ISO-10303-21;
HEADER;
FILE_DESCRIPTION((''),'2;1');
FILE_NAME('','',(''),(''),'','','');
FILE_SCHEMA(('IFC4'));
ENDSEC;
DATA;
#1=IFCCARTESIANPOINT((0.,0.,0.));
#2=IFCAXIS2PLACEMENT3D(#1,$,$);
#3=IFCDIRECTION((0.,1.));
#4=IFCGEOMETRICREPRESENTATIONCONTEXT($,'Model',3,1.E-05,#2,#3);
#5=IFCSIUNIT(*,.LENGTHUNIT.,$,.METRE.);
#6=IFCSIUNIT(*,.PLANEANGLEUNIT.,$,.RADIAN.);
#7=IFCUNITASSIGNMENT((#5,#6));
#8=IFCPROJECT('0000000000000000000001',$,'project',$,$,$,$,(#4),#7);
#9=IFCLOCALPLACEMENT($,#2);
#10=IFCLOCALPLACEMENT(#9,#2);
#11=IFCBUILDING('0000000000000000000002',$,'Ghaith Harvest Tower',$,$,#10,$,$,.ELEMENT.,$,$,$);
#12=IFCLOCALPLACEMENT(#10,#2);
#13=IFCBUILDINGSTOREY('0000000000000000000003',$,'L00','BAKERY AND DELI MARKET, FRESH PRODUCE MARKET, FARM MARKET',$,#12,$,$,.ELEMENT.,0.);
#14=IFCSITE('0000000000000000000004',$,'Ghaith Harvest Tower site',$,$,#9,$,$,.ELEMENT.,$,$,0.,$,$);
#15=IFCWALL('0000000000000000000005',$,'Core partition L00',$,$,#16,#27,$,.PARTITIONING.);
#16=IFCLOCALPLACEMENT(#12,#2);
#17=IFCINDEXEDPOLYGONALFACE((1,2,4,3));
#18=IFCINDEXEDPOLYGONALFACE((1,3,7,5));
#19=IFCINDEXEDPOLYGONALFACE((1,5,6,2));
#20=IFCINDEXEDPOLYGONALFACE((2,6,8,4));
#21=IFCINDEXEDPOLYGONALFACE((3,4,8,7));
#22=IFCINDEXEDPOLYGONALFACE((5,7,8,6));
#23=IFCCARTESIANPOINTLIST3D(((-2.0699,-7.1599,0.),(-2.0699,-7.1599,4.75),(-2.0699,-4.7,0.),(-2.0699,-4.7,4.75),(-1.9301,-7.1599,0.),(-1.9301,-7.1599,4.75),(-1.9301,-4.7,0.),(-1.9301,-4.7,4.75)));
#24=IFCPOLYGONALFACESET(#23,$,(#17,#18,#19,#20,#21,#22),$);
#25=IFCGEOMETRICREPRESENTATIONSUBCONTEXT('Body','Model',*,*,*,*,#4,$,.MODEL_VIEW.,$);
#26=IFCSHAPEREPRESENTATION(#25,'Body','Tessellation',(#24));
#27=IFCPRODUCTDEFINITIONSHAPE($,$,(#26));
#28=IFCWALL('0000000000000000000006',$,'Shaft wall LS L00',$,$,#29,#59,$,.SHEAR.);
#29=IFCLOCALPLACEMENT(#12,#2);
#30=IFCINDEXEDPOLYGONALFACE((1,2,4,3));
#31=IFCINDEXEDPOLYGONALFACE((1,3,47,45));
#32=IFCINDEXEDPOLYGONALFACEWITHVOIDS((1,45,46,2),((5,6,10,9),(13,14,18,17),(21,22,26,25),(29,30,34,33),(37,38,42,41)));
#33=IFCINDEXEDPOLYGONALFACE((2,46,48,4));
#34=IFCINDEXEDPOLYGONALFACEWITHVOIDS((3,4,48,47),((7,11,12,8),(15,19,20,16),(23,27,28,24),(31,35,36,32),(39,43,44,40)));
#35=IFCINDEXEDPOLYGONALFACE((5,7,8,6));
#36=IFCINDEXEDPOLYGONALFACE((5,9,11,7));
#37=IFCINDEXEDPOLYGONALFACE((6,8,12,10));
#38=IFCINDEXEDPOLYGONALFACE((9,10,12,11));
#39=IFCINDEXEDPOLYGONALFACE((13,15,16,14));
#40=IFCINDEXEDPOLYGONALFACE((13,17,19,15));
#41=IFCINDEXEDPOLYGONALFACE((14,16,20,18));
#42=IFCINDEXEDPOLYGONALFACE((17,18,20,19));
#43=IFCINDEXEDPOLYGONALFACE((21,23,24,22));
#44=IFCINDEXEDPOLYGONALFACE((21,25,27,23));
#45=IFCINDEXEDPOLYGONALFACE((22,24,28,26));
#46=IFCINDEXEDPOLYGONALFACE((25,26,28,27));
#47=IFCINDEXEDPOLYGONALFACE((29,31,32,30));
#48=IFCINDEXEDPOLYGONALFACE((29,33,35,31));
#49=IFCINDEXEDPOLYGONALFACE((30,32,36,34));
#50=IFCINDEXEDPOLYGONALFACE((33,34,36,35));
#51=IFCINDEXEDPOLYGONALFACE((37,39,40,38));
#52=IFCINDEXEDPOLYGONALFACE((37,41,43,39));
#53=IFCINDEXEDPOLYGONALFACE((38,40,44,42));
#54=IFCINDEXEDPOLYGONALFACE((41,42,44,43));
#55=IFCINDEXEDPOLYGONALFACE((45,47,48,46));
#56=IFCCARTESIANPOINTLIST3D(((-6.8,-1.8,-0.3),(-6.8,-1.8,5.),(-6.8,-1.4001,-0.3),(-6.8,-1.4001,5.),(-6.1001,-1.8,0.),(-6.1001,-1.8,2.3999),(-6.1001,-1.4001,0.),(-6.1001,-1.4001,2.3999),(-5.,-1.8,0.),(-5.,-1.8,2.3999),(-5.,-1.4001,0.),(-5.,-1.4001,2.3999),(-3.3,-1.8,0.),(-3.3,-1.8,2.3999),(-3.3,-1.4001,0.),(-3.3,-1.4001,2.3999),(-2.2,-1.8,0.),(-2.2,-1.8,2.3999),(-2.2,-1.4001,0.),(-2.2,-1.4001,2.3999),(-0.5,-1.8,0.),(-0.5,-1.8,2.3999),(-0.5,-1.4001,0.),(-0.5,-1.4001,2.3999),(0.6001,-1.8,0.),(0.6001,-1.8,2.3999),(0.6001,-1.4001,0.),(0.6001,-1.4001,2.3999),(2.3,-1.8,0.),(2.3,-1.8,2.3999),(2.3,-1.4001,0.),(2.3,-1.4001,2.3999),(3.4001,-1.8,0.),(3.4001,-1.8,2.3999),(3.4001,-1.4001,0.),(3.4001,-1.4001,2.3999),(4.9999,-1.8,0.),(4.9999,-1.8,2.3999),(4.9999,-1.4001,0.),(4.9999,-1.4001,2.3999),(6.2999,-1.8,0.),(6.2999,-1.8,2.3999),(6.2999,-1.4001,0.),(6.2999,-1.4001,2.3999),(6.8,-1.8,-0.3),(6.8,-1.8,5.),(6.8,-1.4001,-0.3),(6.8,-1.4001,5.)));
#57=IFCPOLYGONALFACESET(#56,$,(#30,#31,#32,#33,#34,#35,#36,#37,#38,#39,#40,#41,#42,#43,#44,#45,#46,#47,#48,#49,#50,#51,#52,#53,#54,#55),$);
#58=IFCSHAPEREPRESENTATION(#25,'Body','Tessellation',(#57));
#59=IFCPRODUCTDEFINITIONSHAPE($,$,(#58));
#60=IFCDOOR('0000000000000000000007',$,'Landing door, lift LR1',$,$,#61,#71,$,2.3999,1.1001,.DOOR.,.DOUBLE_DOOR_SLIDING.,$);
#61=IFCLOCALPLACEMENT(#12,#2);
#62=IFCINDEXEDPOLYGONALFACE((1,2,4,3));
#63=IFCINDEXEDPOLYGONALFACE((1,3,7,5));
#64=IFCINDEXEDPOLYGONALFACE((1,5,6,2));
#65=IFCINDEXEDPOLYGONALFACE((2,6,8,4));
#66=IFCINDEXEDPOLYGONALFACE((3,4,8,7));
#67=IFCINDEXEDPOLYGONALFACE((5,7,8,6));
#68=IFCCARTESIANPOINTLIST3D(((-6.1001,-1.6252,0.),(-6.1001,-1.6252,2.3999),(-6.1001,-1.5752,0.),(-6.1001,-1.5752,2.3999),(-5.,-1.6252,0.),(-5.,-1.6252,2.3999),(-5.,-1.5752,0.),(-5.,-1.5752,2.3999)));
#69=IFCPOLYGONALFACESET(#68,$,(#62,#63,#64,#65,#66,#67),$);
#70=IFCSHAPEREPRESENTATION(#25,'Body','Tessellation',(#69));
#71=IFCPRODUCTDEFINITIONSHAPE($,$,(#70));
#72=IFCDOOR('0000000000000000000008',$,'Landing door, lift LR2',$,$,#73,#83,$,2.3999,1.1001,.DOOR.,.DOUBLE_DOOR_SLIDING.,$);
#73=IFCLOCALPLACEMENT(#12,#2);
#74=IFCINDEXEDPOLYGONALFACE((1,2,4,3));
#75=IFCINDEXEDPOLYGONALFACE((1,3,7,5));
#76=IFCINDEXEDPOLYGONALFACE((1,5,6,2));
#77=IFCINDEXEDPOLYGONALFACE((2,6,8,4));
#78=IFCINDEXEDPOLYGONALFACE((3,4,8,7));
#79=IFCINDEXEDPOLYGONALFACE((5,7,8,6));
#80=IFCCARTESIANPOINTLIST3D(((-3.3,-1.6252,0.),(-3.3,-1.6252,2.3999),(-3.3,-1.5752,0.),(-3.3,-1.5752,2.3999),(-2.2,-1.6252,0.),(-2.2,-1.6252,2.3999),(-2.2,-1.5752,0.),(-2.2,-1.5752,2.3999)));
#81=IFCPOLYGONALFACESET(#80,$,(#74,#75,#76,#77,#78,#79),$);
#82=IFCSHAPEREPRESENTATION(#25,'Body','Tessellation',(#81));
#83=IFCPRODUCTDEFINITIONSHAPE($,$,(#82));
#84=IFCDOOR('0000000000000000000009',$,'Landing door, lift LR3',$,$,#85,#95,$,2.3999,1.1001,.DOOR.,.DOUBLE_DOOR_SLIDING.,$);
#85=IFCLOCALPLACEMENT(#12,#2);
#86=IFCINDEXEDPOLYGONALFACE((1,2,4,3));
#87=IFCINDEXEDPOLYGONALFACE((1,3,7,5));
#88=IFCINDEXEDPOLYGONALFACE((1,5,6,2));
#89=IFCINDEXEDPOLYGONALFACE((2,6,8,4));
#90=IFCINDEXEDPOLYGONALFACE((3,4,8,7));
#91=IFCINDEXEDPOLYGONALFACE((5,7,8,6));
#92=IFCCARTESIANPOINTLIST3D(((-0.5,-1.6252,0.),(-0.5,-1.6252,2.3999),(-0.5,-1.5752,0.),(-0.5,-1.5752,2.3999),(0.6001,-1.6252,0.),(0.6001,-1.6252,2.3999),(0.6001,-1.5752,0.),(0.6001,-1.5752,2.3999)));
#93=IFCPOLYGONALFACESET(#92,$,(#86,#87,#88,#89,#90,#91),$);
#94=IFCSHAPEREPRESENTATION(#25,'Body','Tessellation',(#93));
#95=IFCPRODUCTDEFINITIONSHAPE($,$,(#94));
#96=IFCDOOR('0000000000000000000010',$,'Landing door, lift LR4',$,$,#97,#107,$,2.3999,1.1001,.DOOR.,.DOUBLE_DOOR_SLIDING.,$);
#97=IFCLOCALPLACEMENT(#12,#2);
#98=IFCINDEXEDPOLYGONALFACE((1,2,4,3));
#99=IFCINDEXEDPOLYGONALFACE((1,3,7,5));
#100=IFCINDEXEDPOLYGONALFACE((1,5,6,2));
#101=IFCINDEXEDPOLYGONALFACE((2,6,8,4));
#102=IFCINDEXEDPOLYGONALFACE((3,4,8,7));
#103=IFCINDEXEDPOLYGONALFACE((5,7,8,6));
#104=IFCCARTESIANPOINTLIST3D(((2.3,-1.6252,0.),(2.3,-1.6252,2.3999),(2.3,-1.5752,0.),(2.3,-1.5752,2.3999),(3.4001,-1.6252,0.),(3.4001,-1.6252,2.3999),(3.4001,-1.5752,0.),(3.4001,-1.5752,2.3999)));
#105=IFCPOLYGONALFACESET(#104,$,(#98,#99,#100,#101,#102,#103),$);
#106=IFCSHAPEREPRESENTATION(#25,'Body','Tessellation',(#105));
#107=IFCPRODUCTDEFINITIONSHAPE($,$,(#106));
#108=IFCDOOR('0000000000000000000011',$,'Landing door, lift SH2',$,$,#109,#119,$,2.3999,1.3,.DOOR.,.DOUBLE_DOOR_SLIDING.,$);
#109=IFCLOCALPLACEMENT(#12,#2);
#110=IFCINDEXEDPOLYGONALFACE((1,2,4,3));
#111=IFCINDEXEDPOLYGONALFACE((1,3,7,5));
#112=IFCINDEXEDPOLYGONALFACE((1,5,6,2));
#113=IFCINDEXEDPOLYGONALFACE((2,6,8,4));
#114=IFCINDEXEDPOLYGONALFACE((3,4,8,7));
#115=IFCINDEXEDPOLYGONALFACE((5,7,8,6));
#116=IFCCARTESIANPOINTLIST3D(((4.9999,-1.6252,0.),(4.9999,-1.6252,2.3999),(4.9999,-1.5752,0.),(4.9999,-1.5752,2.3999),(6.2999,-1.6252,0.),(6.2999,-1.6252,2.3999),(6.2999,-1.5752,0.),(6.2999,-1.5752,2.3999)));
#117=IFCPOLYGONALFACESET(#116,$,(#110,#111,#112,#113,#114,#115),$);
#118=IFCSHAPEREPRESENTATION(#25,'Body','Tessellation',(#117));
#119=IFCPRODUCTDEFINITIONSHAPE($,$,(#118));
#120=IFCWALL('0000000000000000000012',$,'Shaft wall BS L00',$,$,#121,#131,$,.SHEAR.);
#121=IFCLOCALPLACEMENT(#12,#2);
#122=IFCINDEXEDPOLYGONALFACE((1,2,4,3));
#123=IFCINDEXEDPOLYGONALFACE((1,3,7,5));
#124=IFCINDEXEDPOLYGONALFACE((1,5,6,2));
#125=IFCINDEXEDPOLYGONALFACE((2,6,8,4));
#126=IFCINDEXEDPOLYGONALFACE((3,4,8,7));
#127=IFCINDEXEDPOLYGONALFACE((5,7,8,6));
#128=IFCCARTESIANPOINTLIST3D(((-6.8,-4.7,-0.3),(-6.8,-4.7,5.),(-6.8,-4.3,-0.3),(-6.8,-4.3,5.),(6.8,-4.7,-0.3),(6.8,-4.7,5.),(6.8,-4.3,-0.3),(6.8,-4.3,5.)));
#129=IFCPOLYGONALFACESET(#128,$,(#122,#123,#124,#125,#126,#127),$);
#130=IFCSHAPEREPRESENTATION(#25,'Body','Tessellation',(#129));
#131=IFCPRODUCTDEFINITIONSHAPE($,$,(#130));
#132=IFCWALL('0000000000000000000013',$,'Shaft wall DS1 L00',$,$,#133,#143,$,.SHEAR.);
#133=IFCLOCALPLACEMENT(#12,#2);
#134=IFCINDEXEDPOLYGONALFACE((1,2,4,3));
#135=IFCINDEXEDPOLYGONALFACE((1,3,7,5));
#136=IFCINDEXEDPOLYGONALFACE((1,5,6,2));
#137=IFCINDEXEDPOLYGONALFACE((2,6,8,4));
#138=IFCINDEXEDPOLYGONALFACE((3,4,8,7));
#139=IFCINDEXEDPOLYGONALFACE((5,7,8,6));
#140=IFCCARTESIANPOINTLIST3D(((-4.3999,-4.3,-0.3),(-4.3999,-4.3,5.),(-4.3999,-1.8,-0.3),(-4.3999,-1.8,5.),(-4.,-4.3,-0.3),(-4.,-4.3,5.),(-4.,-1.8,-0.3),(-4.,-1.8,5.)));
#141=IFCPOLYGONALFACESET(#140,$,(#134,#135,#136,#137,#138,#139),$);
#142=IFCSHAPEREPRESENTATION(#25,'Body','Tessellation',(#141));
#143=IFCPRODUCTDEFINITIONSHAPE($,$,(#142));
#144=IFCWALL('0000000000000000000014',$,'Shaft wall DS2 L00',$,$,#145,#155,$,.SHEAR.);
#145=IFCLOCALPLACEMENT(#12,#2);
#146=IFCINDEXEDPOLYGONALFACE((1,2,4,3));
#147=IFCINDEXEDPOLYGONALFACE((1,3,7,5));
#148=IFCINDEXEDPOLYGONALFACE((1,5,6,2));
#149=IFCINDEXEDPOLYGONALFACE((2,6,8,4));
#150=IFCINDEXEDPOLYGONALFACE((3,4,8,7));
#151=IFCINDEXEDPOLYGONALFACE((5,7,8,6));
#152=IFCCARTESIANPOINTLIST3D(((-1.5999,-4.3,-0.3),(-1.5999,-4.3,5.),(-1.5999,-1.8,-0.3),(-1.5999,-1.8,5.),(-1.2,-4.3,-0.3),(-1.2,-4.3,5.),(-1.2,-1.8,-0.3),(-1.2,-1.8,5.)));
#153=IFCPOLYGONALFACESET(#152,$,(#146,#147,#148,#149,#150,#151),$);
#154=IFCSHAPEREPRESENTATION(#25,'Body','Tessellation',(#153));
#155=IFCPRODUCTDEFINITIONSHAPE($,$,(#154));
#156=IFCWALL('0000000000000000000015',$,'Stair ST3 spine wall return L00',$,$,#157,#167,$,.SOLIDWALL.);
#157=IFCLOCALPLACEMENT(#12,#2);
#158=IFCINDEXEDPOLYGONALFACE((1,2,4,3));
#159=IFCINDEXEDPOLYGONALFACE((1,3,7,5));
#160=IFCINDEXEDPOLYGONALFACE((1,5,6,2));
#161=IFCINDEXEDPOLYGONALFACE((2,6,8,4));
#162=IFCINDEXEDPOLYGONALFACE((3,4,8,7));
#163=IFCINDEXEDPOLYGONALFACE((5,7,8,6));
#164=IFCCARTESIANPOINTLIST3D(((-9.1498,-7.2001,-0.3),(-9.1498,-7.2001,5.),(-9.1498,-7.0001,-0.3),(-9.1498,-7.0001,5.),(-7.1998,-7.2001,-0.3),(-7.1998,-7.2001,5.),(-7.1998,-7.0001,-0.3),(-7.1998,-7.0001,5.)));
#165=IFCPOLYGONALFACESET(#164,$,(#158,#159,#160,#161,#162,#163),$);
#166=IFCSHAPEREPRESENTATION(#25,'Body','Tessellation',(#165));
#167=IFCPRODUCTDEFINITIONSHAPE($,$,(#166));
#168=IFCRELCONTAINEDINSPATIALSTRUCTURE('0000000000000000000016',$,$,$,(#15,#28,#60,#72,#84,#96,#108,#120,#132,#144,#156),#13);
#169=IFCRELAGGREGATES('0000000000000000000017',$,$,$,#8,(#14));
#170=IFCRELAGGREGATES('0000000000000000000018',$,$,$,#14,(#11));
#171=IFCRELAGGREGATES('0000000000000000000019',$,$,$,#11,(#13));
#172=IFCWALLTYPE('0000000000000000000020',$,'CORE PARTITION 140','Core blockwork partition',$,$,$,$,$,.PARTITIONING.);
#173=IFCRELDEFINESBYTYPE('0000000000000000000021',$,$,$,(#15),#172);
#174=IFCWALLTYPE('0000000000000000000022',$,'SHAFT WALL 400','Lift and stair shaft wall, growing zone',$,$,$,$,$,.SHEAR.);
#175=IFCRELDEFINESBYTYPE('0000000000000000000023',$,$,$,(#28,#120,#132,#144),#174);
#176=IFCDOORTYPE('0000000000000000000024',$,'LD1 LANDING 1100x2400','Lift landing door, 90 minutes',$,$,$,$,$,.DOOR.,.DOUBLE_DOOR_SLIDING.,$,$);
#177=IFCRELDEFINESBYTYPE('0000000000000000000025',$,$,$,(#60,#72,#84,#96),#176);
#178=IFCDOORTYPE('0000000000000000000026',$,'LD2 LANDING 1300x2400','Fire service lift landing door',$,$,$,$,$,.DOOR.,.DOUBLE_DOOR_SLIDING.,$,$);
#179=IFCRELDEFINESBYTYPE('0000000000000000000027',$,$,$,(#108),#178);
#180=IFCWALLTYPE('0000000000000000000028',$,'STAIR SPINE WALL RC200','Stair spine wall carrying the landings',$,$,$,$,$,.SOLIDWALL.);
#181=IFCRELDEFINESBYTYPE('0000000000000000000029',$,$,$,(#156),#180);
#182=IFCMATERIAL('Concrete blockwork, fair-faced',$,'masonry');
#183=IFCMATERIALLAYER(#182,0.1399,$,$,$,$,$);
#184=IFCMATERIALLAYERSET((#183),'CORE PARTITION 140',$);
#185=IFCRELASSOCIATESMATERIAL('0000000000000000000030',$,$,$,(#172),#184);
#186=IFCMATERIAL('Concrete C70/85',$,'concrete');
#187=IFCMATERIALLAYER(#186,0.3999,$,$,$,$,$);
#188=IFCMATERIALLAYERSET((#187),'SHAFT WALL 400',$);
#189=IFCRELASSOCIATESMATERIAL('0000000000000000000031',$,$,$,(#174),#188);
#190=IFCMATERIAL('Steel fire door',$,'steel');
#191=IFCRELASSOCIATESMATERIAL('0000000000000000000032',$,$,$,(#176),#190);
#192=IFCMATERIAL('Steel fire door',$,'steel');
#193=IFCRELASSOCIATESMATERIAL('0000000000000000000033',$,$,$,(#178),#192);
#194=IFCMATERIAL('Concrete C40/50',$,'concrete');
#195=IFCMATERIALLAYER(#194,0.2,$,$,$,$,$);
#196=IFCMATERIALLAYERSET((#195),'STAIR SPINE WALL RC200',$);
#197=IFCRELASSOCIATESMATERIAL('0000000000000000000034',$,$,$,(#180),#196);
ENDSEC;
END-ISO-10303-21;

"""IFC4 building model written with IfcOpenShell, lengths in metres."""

from ifc_helpers import new_model, si_unit, direction, frame, frame_2d, origin, place, context, subcontext, project, spatial, rectangle, extrude, material, layer, layer_set, type_object, element, fill, save


model = new_model("IFC4")

# Units and contexts
model_context = context("Model", 3, precision=1e-05, world=origin(), true_north=direction((0.0, 1.0)))
body_context = subcontext(model_context, "Body", "Model", "MODEL_VIEW")
ifc_project = project(units=[si_unit("LENGTHUNIT", "METRE"), si_unit("PLANEANGLEUNIT", "RADIAN")], contexts=[model_context])

# Site, building, storey
site_placement = place(None, origin())
site = spatial("IfcSite", under=ifc_project, at=site_placement, Name="Ghaith Harvest Tower site", CompositionType="ELEMENT", RefElevation=0.0)
building_placement = place(site_placement, origin())
building = spatial("IfcBuilding", under=site, at=building_placement, Name="Ghaith Harvest Tower", CompositionType="ELEMENT")
storey_placement = place(building_placement, origin())
storey = spatial("IfcBuildingStorey", under=building, at=storey_placement, Name="L00", Description="BAKERY AND DELI MARKET, FRESH PRODUCE MARKET, FARM MARKET", CompositionType="ELEMENT", Elevation=0.0)

# Wall
ifc_material_1 = material(Name="Concrete blockwork, fair-faced", Category="masonry")
ifc_layer_1 = layer(ifc_material_1, 0.1399)
ifc_layer_set_1 = layer_set([ifc_layer_1], Name="CORE PARTITION 140")
wall_type_1 = type_object("IfcWallType", Name="CORE PARTITION 140", Description="Core blockwork partition", PredefinedType="PARTITIONING", material=ifc_layer_set_1)
wall_1_placement = place(storey_placement, frame((-2.0, -4.7, 0.0), z_axis=(0.0, 0.0, 1.0), x_axis=(0.0, -1.0, 0.0)))
element("IfcWall", 1, at=wall_1_placement, inside=storey, type_object=wall_type_1, Name="Core partition L00", PredefinedType="PARTITIONING", context=body_context, shape_type="SweptSolid", body=[
    extrude(rectangle(XDim=2.46, YDim=0.1399, at=frame_2d((1.23, 0.0))), origin(), (0.0, 0.0, 1.0), 4.75),
])

# Wall, openings, doors
ifc_material_2 = material(Name="Concrete C70/85", Category="concrete")
ifc_layer_2 = layer(ifc_material_2, 0.3999)
ifc_layer_set_2 = layer_set([ifc_layer_2], Name="SHAFT WALL 400")
wall_type_2 = type_object("IfcWallType", Name="SHAFT WALL 400", Description="Lift and stair shaft wall, growing zone", PredefinedType="SHEAR", material=ifc_layer_set_2)
wall_2_placement = place(storey_placement, frame((-6.8, -1.6001, -0.3), z_axis=(0.0, 0.0, 1.0), x_axis=(1.0, 0.0, 0.0)))
wall_2 = element("IfcWall", 2, at=wall_2_placement, inside=storey, type_object=wall_type_2, Name="Shaft wall LS L00", PredefinedType="SHEAR", context=body_context, shape_type="SweptSolid", body=[
    extrude(rectangle(XDim=13.6001, YDim=0.3999, at=frame_2d((6.8, 0.0))), origin(), (0.0, 0.0, 1.0), 5.3),
])
opening_1_placement = place(wall_2_placement, frame((0.7, 0.0, 0.3)))
opening_1 = element("IfcOpeningElement", 3, at=opening_1_placement, cuts=wall_2, PredefinedType="OPENING", context=body_context, shape_type="SweptSolid", body=[
    extrude(rectangle(XDim=1.1001, YDim=2.3999, at=frame_2d((0.55, 1.2))), frame((0.0, 0.21, 0.0), z_axis=(0.0, -1.0, 0.0), x_axis=(1.0, 0.0, 0.0)), (0.0, 0.0, 1.0), 0.4199),
])
opening_2_placement = place(wall_2_placement, frame((3.5, 0.0, 0.3)))
opening_2 = element("IfcOpeningElement", 4, at=opening_2_placement, cuts=wall_2, PredefinedType="OPENING", context=body_context, shape_type="SweptSolid", body=[
    extrude(rectangle(XDim=1.1001, YDim=2.3999, at=frame_2d((0.55, 1.2))), frame((0.0, 0.21, 0.0), z_axis=(0.0, -1.0, 0.0), x_axis=(1.0, 0.0, 0.0)), (0.0, 0.0, 1.0), 0.4199),
])
opening_3_placement = place(wall_2_placement, frame((6.3, 0.0, 0.3)))
opening_3 = element("IfcOpeningElement", 5, at=opening_3_placement, cuts=wall_2, PredefinedType="OPENING", context=body_context, shape_type="SweptSolid", body=[
    extrude(rectangle(XDim=1.1001, YDim=2.3999, at=frame_2d((0.55, 1.2))), frame((0.0, 0.21, 0.0), z_axis=(0.0, -1.0, 0.0), x_axis=(1.0, 0.0, 0.0)), (0.0, 0.0, 1.0), 0.4199),
])
opening_4_placement = place(wall_2_placement, frame((9.1001, 0.0, 0.3)))
opening_4 = element("IfcOpeningElement", 6, at=opening_4_placement, cuts=wall_2, PredefinedType="OPENING", context=body_context, shape_type="SweptSolid", body=[
    extrude(rectangle(XDim=1.1001, YDim=2.3999, at=frame_2d((0.55, 1.2))), frame((0.0, 0.21, 0.0), z_axis=(0.0, -1.0, 0.0), x_axis=(1.0, 0.0, 0.0)), (0.0, 0.0, 1.0), 0.4199),
])
opening_5_placement = place(wall_2_placement, frame((11.8, 0.0, 0.3)))
opening_5 = element("IfcOpeningElement", 7, at=opening_5_placement, cuts=wall_2, PredefinedType="OPENING", context=body_context, shape_type="SweptSolid", body=[
    extrude(rectangle(XDim=1.3, YDim=2.3999, at=frame_2d((0.6499, 1.2))), frame((0.0, 0.21, 0.0), z_axis=(0.0, -1.0, 0.0), x_axis=(1.0, 0.0, 0.0)), (0.0, 0.0, 1.0), 0.4199),
])
ifc_material_3 = material(Name="Steel fire door", Category="steel")
door_type_1 = type_object("IfcDoorType", Name="LD1 LANDING 1100x2400", Description="Lift landing door, 90 minutes", OperationType="DOUBLE_DOOR_SLIDING", PredefinedType="DOOR", material=ifc_material_3)
door_1_placement = place(opening_1_placement, origin())
door_1 = element("IfcDoor", 8, at=door_1_placement, inside=storey, type_object=door_type_1, Name="Landing door, lift LR1", OperationType="DOUBLE_DOOR_SLIDING", OverallHeight=2.3999, OverallWidth=1.1001, PredefinedType="DOOR", context=body_context, shape_type="SweptSolid", body=[
    extrude(rectangle(XDim=1.1001, YDim=2.3999, at=frame_2d((0.55, 1.2))), frame((0.0, 0.0249, 0.0), z_axis=(0.0, -1.0, 0.0), x_axis=(1.0, 0.0, 0.0)), (0.0, 0.0, 1.0), 0.05),
])
fill(opening_1, door_1)
door_2_placement = place(opening_2_placement, origin())
door_2 = element("IfcDoor", 9, at=door_2_placement, inside=storey, type_object=door_type_1, Name="Landing door, lift LR2", OperationType="DOUBLE_DOOR_SLIDING", OverallHeight=2.3999, OverallWidth=1.1001, PredefinedType="DOOR", context=body_context, shape_type="SweptSolid", body=[
    extrude(rectangle(XDim=1.1001, YDim=2.3999, at=frame_2d((0.55, 1.2))), frame((0.0, 0.0249, 0.0), z_axis=(0.0, -1.0, 0.0), x_axis=(1.0, 0.0, 0.0)), (0.0, 0.0, 1.0), 0.05),
])
fill(opening_2, door_2)
door_3_placement = place(opening_3_placement, origin())
door_3 = element("IfcDoor", 10, at=door_3_placement, inside=storey, type_object=door_type_1, Name="Landing door, lift LR3", OperationType="DOUBLE_DOOR_SLIDING", OverallHeight=2.3999, OverallWidth=1.1001, PredefinedType="DOOR", context=body_context, shape_type="SweptSolid", body=[
    extrude(rectangle(XDim=1.1001, YDim=2.3999, at=frame_2d((0.55, 1.2))), frame((0.0, 0.0249, 0.0), z_axis=(0.0, -1.0, 0.0), x_axis=(1.0, 0.0, 0.0)), (0.0, 0.0, 1.0), 0.05),
])
fill(opening_3, door_3)
door_4_placement = place(opening_4_placement, origin())
door_4 = element("IfcDoor", 11, at=door_4_placement, inside=storey, type_object=door_type_1, Name="Landing door, lift LR4", OperationType="DOUBLE_DOOR_SLIDING", OverallHeight=2.3999, OverallWidth=1.1001, PredefinedType="DOOR", context=body_context, shape_type="SweptSolid", body=[
    extrude(rectangle(XDim=1.1001, YDim=2.3999, at=frame_2d((0.55, 1.2))), frame((0.0, 0.0249, 0.0), z_axis=(0.0, -1.0, 0.0), x_axis=(1.0, 0.0, 0.0)), (0.0, 0.0, 1.0), 0.05),
])
fill(opening_4, door_4)
ifc_material_4 = material(Name="Steel fire door", Category="steel")
door_type_2 = type_object("IfcDoorType", Name="LD2 LANDING 1300x2400", Description="Fire service lift landing door", OperationType="DOUBLE_DOOR_SLIDING", PredefinedType="DOOR", material=ifc_material_4)
door_5_placement = place(opening_5_placement, origin())
door_5 = element("IfcDoor", 12, at=door_5_placement, inside=storey, type_object=door_type_2, Name="Landing door, lift SH2", OperationType="DOUBLE_DOOR_SLIDING", OverallHeight=2.3999, OverallWidth=1.3, PredefinedType="DOOR", context=body_context, shape_type="SweptSolid", body=[
    extrude(rectangle(XDim=1.3, YDim=2.3999, at=frame_2d((0.6499, 1.2))), frame((0.0, 0.0249, 0.0), z_axis=(0.0, -1.0, 0.0), x_axis=(1.0, 0.0, 0.0)), (0.0, 0.0, 1.0), 0.05),
])
fill(opening_5, door_5)

# Walls
wall_3_placement = place(storey_placement, frame((-6.8, -4.5, -0.3), z_axis=(0.0, 0.0, 1.0), x_axis=(1.0, 0.0, 0.0)))
element("IfcWall", 13, at=wall_3_placement, inside=storey, type_object=wall_type_2, Name="Shaft wall BS L00", PredefinedType="SHEAR", context=body_context, shape_type="SweptSolid", body=[
    extrude(rectangle(XDim=13.6001, YDim=0.3999, at=frame_2d((6.8, 0.0))), origin(), (0.0, 0.0, 1.0), 5.3),
])
for number, where, z_axis, x_axis, name in (
    (14, (-4.2, -4.3, -0.3), (0.0, 0.0, 1.0), (0.0, 1.0, 0.0), "Shaft wall DS1 L00"),
    (15, (-1.3999, -4.3, -0.3), (0.0, 0.0, 1.0), (0.0, 1.0, 0.0), "Shaft wall DS2 L00"),
):
    element("IfcWall", number, at=place(storey_placement, frame(where, z_axis=z_axis, x_axis=x_axis)), inside=storey, type_object=wall_type_2, Name=name, PredefinedType="SHEAR", context=body_context, shape_type="SweptSolid", body=[
        extrude(rectangle(XDim=2.5, YDim=0.3999, at=frame_2d((1.25, 0.0))), origin(), (0.0, 0.0, 1.0), 5.3),
    ])
ifc_material_5 = material(Name="Concrete C40/50", Category="concrete")
ifc_layer_3 = layer(ifc_material_5, 0.2)
ifc_layer_set_3 = layer_set([ifc_layer_3], Name="STAIR SPINE WALL RC200")
wall_type_3 = type_object("IfcWallType", Name="STAIR SPINE WALL RC200", Description="Stair spine wall carrying the landings", PredefinedType="SOLIDWALL", material=ifc_layer_set_3)
wall_4_placement = place(storey_placement, frame((-9.1499, -7.1001, -0.3), z_axis=(0.0, 0.0, 1.0), x_axis=(1.0, 0.0, 0.0)))
element("IfcWall", 16, at=wall_4_placement, inside=storey, type_object=wall_type_3, Name="Stair ST3 spine wall return L00", PredefinedType="SOLIDWALL", context=body_context, shape_type="SweptSolid", body=[
    extrude(rectangle(XDim=1.95, YDim=0.2, at=frame_2d((0.9751, 0.0))), origin(), (0.0, 0.0, 1.0), 5.3),
])

save(model, "model.ifc")
